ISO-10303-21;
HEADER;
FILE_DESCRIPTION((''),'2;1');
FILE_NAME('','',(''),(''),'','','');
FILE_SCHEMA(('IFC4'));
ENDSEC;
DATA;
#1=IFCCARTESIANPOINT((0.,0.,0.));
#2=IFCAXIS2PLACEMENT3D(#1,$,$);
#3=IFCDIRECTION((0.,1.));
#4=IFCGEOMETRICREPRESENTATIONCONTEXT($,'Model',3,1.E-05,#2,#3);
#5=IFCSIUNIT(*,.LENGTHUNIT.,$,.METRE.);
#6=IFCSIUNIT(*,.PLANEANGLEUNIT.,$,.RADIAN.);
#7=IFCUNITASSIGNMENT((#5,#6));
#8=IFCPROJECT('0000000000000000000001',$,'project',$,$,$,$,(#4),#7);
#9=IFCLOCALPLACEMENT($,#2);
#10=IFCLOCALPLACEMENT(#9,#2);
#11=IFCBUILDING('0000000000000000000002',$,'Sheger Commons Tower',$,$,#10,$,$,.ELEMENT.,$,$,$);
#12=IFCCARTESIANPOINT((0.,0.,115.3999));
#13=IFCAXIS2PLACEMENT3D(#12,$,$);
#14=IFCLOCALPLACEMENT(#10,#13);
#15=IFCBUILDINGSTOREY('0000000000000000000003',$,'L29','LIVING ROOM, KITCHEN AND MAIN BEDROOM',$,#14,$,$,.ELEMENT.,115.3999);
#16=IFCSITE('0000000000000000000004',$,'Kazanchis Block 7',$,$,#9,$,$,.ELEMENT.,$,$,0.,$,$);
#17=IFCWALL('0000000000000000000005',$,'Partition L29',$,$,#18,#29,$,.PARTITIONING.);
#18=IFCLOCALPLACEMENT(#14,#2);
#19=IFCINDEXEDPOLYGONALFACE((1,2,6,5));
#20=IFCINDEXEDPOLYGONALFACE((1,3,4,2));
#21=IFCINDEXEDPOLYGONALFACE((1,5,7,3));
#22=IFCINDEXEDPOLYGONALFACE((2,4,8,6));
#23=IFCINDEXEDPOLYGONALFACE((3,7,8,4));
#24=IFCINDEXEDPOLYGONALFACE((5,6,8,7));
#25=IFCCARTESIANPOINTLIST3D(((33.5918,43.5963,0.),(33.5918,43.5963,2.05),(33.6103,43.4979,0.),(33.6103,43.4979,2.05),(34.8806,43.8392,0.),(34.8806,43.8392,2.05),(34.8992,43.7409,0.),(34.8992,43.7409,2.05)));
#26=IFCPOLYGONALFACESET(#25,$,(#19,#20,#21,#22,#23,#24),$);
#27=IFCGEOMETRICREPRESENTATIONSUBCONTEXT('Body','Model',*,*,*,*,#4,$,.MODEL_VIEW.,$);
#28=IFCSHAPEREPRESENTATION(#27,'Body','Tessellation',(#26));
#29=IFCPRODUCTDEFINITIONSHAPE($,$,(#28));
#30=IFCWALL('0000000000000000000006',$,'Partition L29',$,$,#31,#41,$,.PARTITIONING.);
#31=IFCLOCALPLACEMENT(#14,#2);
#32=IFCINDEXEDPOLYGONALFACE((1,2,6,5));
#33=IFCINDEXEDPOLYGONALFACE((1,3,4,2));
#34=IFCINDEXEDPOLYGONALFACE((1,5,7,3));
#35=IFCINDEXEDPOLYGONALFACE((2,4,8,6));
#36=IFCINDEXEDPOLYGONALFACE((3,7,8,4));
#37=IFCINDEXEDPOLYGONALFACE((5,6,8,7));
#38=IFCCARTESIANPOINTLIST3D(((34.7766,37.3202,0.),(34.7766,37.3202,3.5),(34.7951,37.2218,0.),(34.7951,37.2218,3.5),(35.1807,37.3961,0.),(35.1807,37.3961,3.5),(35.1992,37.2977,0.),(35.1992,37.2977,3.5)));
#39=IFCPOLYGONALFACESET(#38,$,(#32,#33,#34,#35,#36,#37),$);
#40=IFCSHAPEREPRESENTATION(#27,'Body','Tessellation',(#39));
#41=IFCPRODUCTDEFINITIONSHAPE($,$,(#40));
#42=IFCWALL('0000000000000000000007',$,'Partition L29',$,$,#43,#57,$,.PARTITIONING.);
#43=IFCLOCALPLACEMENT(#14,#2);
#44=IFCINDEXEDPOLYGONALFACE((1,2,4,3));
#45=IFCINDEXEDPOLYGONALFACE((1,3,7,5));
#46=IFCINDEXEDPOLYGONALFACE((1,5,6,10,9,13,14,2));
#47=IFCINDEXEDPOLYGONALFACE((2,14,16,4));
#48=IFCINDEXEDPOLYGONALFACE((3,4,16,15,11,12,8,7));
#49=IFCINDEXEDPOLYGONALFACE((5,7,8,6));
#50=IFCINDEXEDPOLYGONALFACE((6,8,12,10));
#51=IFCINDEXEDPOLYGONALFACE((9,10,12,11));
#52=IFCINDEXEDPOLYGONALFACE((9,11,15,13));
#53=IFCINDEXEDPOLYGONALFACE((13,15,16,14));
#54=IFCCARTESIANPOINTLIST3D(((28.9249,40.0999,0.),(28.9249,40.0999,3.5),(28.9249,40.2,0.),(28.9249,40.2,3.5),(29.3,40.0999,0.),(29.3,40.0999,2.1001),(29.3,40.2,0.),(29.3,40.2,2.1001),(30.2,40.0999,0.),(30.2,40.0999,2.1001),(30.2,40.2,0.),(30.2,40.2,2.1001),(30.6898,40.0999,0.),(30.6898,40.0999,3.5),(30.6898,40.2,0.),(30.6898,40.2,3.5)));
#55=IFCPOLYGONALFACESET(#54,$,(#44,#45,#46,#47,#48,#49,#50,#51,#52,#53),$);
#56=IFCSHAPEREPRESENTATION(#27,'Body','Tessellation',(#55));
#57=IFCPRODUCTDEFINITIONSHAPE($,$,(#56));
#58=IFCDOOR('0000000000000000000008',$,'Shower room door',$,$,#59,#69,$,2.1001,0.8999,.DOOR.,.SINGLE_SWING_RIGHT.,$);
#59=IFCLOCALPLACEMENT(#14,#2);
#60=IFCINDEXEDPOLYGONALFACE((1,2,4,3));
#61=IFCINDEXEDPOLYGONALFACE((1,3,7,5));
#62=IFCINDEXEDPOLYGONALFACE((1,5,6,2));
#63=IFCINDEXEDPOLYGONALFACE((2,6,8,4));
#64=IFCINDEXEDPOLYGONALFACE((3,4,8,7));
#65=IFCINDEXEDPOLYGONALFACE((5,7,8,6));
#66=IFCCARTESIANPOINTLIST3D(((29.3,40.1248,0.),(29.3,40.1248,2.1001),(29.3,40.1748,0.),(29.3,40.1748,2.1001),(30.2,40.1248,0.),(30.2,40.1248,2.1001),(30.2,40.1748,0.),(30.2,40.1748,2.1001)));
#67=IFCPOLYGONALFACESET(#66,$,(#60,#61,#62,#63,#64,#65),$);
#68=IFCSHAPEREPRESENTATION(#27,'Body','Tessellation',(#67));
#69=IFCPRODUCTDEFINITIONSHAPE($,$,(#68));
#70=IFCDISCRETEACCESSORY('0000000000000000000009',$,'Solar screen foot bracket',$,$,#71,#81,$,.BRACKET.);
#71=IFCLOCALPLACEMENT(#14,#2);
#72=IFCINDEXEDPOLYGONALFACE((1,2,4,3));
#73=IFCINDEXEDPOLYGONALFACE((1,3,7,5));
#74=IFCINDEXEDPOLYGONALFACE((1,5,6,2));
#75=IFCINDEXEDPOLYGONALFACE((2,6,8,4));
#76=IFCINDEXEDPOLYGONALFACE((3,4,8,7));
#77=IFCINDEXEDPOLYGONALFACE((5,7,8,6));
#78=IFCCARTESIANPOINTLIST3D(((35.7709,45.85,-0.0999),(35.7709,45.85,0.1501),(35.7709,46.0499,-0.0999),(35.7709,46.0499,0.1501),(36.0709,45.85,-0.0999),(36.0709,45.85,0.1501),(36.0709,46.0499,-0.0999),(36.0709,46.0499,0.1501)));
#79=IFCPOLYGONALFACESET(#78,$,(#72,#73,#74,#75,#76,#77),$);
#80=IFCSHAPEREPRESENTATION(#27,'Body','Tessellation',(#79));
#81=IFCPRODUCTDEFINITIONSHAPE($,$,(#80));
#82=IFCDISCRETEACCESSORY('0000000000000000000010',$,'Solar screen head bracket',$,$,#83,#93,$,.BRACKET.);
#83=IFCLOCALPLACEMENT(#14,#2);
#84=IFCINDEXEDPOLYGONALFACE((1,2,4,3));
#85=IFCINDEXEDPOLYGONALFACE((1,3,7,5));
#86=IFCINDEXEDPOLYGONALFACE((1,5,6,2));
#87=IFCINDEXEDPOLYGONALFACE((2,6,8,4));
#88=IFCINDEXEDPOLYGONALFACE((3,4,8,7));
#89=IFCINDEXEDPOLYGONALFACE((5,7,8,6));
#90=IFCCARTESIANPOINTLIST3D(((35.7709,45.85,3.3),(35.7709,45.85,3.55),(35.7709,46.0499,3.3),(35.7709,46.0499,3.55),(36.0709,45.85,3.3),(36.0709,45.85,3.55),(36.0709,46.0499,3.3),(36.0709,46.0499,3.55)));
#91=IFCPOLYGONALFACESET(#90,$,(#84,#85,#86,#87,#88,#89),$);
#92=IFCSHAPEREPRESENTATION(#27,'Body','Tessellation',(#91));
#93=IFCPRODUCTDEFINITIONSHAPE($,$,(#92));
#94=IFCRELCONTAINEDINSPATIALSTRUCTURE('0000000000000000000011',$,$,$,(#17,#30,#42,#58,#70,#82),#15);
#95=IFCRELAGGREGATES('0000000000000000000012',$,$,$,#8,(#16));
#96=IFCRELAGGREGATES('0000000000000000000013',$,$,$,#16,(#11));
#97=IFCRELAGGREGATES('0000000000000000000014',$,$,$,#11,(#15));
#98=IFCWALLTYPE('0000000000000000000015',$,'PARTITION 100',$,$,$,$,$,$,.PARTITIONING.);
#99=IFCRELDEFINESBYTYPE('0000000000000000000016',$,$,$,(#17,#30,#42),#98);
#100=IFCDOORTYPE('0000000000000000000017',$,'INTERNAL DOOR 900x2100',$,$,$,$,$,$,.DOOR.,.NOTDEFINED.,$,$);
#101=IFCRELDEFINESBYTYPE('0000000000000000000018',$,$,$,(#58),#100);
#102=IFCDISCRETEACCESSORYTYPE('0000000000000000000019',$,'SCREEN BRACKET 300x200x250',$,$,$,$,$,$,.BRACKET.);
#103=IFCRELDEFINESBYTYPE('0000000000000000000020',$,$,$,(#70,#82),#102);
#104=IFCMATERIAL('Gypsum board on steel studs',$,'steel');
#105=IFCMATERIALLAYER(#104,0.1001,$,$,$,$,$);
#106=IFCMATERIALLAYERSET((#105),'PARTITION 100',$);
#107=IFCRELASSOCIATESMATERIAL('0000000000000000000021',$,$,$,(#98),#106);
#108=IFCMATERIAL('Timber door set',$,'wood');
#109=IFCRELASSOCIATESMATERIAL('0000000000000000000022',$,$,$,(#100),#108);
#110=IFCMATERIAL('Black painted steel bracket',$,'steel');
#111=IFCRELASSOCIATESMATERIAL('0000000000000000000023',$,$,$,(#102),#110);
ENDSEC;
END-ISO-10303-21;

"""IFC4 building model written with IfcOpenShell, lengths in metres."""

from ifc_helpers import new_model, si_unit, direction, frame, frame_2d, origin, origin_2d, place, context, subcontext, project, spatial, rectangle, extrude, material, layer, layer_set, type_object, element, fill, save


model = new_model("IFC4")

# Units and contexts
model_context = context("Model", 3, precision=1e-05, world=origin(), true_north=direction((0.0, 1.0)))
body_context = subcontext(model_context, "Body", "Model", "MODEL_VIEW")
ifc_project = project(units=[si_unit("LENGTHUNIT", "METRE"), si_unit("PLANEANGLEUNIT", "RADIAN")], contexts=[model_context])

# Site, building, storey
site_placement = place(None, origin())
site = spatial("IfcSite", under=ifc_project, at=site_placement, Name="Kazanchis Block 7", CompositionType="ELEMENT", RefElevation=0.0)
building_placement = place(site_placement, origin())
building = spatial("IfcBuilding", under=site, at=building_placement, Name="Sheger Commons Tower", CompositionType="ELEMENT")
storey_placement = place(building_placement, frame((0.0, 0.0, 115.3999)))
storey = spatial("IfcBuildingStorey", under=building, at=storey_placement, Name="L29", Description="LIVING ROOM, KITCHEN AND MAIN BEDROOM", CompositionType="ELEMENT", Elevation=115.3999)

# Walls
ifc_material_1 = material(Name="Gypsum board on steel studs", Category="steel")
ifc_layer_1 = layer(ifc_material_1, 0.1001)
ifc_layer_set_1 = layer_set([ifc_layer_1], Name="PARTITION 100")
wall_type_1 = type_object("IfcWallType", Name="PARTITION 100", PredefinedType="PARTITIONING", material=ifc_layer_set_1)
wall_1_placement = place(storey_placement, frame((34.8899, 43.79, 0.0), z_axis=(0.0, 0.0, 1.0), x_axis=(-0.982697, -0.185221, 0.0)))
element("IfcWall", 1, at=wall_1_placement, inside=storey, type_object=wall_type_1, Name="Partition L29", PredefinedType="PARTITIONING", context=body_context, shape_type="SweptSolid", body=[
    extrude(rectangle(XDim=1.3115, YDim=0.1001, at=frame_2d((0.6558, 0.0))), origin(), (0.0, 0.0, 1.0), 2.05),
])
wall_2_placement = place(storey_placement, frame((35.1899, 37.3469, 0.0), z_axis=(0.0, 0.0, 1.0), x_axis=(-0.982798, -0.184683, 0.0)))
element("IfcWall", 2, at=wall_2_placement, inside=storey, type_object=wall_type_1, Name="Partition L29", PredefinedType="PARTITIONING", context=body_context, shape_type="SweptSolid", body=[
    extrude(rectangle(XDim=0.4111, YDim=0.1001, at=frame_2d((0.2056, 0.0))), origin(), (0.0, 0.0, 1.0), 3.5),
])

# Wall, opening, door
wall_3_placement = place(storey_placement, frame((28.925, 40.1499, 0.0), z_axis=(0.0, 0.0, 1.0), x_axis=(1.0, 0.0, 0.0)))
wall_3 = element("IfcWall", 3, at=wall_3_placement, inside=storey, type_object=wall_type_1, Name="Partition L29", PredefinedType="PARTITIONING", context=body_context, shape_type="SweptSolid", body=[
    extrude(rectangle(XDim=1.7649, YDim=0.1001, at=frame_2d((0.8823, 0.0))), origin(), (0.0, 0.0, 1.0), 3.5),
])
opening_1_placement = place(wall_3_placement, frame((0.375, 0.0, 0.0)))
opening_1 = element("IfcOpeningElement", 4, at=opening_1_placement, cuts=wall_3, PredefinedType="OPENING", context=body_context, shape_type="SweptSolid", body=[
    extrude(rectangle(XDim=0.8999, YDim=2.1001, at=frame_2d((0.45, 1.05))), frame((0.0, 0.0601, 0.0), z_axis=(0.0, -1.0, 0.0), x_axis=(1.0, 0.0, 0.0)), (0.0, 0.0, 1.0), 0.1201),
])
ifc_material_2 = material(Name="Timber door set", Category="wood")
door_type_1 = type_object("IfcDoorType", Name="INTERNAL DOOR 900x2100", OperationType="NOTDEFINED", PredefinedType="DOOR", material=ifc_material_2)
door_1_placement = place(opening_1_placement, origin())
door_1 = element("IfcDoor", 5, at=door_1_placement, inside=storey, type_object=door_type_1, Name="Shower room door", OperationType="SINGLE_SWING_RIGHT", OverallHeight=2.1001, OverallWidth=0.8999, PredefinedType="DOOR", context=body_context, shape_type="SweptSolid", body=[
    extrude(rectangle(XDim=0.8999, YDim=2.1001, at=frame_2d((0.45, 1.05))), frame((0.0, 0.0249, 0.0), z_axis=(0.0, -1.0, 0.0), x_axis=(1.0, 0.0, 0.0)), (0.0, 0.0, 1.0), 0.05),
])
fill(opening_1, door_1)

# Discrete accessories
ifc_material_3 = material(Name="Black painted steel bracket", Category="steel")
discrete_accessory_type = type_object("IfcDiscreteAccessoryType", Name="SCREEN BRACKET 300x200x250", PredefinedType="BRACKET", material=ifc_material_3)
for number, where, z_axis, x_axis, name in (
    (6, (35.9209, 45.95, -0.0999), (0.0, 0.0, 1.0), (-1.0, 0.0, 0.0), "Solar screen foot bracket"),
    (7, (35.9209, 45.95, 3.3), (0.0, 0.0, 1.0), (-1.0, 0.0, 0.0), "Solar screen head bracket"),
):
    element("IfcDiscreteAccessory", number, at=place(storey_placement, frame(where, z_axis=z_axis, x_axis=x_axis)), inside=storey, type_object=discrete_accessory_type, Name=name, PredefinedType="BRACKET", context=body_context, shape_type="SweptSolid", body=[
        extrude(rectangle(XDim=0.3, YDim=0.2, at=origin_2d()), origin(), (0.0, 0.0, 1.0), 0.25),
    ])

save(model, "model.ifc")
